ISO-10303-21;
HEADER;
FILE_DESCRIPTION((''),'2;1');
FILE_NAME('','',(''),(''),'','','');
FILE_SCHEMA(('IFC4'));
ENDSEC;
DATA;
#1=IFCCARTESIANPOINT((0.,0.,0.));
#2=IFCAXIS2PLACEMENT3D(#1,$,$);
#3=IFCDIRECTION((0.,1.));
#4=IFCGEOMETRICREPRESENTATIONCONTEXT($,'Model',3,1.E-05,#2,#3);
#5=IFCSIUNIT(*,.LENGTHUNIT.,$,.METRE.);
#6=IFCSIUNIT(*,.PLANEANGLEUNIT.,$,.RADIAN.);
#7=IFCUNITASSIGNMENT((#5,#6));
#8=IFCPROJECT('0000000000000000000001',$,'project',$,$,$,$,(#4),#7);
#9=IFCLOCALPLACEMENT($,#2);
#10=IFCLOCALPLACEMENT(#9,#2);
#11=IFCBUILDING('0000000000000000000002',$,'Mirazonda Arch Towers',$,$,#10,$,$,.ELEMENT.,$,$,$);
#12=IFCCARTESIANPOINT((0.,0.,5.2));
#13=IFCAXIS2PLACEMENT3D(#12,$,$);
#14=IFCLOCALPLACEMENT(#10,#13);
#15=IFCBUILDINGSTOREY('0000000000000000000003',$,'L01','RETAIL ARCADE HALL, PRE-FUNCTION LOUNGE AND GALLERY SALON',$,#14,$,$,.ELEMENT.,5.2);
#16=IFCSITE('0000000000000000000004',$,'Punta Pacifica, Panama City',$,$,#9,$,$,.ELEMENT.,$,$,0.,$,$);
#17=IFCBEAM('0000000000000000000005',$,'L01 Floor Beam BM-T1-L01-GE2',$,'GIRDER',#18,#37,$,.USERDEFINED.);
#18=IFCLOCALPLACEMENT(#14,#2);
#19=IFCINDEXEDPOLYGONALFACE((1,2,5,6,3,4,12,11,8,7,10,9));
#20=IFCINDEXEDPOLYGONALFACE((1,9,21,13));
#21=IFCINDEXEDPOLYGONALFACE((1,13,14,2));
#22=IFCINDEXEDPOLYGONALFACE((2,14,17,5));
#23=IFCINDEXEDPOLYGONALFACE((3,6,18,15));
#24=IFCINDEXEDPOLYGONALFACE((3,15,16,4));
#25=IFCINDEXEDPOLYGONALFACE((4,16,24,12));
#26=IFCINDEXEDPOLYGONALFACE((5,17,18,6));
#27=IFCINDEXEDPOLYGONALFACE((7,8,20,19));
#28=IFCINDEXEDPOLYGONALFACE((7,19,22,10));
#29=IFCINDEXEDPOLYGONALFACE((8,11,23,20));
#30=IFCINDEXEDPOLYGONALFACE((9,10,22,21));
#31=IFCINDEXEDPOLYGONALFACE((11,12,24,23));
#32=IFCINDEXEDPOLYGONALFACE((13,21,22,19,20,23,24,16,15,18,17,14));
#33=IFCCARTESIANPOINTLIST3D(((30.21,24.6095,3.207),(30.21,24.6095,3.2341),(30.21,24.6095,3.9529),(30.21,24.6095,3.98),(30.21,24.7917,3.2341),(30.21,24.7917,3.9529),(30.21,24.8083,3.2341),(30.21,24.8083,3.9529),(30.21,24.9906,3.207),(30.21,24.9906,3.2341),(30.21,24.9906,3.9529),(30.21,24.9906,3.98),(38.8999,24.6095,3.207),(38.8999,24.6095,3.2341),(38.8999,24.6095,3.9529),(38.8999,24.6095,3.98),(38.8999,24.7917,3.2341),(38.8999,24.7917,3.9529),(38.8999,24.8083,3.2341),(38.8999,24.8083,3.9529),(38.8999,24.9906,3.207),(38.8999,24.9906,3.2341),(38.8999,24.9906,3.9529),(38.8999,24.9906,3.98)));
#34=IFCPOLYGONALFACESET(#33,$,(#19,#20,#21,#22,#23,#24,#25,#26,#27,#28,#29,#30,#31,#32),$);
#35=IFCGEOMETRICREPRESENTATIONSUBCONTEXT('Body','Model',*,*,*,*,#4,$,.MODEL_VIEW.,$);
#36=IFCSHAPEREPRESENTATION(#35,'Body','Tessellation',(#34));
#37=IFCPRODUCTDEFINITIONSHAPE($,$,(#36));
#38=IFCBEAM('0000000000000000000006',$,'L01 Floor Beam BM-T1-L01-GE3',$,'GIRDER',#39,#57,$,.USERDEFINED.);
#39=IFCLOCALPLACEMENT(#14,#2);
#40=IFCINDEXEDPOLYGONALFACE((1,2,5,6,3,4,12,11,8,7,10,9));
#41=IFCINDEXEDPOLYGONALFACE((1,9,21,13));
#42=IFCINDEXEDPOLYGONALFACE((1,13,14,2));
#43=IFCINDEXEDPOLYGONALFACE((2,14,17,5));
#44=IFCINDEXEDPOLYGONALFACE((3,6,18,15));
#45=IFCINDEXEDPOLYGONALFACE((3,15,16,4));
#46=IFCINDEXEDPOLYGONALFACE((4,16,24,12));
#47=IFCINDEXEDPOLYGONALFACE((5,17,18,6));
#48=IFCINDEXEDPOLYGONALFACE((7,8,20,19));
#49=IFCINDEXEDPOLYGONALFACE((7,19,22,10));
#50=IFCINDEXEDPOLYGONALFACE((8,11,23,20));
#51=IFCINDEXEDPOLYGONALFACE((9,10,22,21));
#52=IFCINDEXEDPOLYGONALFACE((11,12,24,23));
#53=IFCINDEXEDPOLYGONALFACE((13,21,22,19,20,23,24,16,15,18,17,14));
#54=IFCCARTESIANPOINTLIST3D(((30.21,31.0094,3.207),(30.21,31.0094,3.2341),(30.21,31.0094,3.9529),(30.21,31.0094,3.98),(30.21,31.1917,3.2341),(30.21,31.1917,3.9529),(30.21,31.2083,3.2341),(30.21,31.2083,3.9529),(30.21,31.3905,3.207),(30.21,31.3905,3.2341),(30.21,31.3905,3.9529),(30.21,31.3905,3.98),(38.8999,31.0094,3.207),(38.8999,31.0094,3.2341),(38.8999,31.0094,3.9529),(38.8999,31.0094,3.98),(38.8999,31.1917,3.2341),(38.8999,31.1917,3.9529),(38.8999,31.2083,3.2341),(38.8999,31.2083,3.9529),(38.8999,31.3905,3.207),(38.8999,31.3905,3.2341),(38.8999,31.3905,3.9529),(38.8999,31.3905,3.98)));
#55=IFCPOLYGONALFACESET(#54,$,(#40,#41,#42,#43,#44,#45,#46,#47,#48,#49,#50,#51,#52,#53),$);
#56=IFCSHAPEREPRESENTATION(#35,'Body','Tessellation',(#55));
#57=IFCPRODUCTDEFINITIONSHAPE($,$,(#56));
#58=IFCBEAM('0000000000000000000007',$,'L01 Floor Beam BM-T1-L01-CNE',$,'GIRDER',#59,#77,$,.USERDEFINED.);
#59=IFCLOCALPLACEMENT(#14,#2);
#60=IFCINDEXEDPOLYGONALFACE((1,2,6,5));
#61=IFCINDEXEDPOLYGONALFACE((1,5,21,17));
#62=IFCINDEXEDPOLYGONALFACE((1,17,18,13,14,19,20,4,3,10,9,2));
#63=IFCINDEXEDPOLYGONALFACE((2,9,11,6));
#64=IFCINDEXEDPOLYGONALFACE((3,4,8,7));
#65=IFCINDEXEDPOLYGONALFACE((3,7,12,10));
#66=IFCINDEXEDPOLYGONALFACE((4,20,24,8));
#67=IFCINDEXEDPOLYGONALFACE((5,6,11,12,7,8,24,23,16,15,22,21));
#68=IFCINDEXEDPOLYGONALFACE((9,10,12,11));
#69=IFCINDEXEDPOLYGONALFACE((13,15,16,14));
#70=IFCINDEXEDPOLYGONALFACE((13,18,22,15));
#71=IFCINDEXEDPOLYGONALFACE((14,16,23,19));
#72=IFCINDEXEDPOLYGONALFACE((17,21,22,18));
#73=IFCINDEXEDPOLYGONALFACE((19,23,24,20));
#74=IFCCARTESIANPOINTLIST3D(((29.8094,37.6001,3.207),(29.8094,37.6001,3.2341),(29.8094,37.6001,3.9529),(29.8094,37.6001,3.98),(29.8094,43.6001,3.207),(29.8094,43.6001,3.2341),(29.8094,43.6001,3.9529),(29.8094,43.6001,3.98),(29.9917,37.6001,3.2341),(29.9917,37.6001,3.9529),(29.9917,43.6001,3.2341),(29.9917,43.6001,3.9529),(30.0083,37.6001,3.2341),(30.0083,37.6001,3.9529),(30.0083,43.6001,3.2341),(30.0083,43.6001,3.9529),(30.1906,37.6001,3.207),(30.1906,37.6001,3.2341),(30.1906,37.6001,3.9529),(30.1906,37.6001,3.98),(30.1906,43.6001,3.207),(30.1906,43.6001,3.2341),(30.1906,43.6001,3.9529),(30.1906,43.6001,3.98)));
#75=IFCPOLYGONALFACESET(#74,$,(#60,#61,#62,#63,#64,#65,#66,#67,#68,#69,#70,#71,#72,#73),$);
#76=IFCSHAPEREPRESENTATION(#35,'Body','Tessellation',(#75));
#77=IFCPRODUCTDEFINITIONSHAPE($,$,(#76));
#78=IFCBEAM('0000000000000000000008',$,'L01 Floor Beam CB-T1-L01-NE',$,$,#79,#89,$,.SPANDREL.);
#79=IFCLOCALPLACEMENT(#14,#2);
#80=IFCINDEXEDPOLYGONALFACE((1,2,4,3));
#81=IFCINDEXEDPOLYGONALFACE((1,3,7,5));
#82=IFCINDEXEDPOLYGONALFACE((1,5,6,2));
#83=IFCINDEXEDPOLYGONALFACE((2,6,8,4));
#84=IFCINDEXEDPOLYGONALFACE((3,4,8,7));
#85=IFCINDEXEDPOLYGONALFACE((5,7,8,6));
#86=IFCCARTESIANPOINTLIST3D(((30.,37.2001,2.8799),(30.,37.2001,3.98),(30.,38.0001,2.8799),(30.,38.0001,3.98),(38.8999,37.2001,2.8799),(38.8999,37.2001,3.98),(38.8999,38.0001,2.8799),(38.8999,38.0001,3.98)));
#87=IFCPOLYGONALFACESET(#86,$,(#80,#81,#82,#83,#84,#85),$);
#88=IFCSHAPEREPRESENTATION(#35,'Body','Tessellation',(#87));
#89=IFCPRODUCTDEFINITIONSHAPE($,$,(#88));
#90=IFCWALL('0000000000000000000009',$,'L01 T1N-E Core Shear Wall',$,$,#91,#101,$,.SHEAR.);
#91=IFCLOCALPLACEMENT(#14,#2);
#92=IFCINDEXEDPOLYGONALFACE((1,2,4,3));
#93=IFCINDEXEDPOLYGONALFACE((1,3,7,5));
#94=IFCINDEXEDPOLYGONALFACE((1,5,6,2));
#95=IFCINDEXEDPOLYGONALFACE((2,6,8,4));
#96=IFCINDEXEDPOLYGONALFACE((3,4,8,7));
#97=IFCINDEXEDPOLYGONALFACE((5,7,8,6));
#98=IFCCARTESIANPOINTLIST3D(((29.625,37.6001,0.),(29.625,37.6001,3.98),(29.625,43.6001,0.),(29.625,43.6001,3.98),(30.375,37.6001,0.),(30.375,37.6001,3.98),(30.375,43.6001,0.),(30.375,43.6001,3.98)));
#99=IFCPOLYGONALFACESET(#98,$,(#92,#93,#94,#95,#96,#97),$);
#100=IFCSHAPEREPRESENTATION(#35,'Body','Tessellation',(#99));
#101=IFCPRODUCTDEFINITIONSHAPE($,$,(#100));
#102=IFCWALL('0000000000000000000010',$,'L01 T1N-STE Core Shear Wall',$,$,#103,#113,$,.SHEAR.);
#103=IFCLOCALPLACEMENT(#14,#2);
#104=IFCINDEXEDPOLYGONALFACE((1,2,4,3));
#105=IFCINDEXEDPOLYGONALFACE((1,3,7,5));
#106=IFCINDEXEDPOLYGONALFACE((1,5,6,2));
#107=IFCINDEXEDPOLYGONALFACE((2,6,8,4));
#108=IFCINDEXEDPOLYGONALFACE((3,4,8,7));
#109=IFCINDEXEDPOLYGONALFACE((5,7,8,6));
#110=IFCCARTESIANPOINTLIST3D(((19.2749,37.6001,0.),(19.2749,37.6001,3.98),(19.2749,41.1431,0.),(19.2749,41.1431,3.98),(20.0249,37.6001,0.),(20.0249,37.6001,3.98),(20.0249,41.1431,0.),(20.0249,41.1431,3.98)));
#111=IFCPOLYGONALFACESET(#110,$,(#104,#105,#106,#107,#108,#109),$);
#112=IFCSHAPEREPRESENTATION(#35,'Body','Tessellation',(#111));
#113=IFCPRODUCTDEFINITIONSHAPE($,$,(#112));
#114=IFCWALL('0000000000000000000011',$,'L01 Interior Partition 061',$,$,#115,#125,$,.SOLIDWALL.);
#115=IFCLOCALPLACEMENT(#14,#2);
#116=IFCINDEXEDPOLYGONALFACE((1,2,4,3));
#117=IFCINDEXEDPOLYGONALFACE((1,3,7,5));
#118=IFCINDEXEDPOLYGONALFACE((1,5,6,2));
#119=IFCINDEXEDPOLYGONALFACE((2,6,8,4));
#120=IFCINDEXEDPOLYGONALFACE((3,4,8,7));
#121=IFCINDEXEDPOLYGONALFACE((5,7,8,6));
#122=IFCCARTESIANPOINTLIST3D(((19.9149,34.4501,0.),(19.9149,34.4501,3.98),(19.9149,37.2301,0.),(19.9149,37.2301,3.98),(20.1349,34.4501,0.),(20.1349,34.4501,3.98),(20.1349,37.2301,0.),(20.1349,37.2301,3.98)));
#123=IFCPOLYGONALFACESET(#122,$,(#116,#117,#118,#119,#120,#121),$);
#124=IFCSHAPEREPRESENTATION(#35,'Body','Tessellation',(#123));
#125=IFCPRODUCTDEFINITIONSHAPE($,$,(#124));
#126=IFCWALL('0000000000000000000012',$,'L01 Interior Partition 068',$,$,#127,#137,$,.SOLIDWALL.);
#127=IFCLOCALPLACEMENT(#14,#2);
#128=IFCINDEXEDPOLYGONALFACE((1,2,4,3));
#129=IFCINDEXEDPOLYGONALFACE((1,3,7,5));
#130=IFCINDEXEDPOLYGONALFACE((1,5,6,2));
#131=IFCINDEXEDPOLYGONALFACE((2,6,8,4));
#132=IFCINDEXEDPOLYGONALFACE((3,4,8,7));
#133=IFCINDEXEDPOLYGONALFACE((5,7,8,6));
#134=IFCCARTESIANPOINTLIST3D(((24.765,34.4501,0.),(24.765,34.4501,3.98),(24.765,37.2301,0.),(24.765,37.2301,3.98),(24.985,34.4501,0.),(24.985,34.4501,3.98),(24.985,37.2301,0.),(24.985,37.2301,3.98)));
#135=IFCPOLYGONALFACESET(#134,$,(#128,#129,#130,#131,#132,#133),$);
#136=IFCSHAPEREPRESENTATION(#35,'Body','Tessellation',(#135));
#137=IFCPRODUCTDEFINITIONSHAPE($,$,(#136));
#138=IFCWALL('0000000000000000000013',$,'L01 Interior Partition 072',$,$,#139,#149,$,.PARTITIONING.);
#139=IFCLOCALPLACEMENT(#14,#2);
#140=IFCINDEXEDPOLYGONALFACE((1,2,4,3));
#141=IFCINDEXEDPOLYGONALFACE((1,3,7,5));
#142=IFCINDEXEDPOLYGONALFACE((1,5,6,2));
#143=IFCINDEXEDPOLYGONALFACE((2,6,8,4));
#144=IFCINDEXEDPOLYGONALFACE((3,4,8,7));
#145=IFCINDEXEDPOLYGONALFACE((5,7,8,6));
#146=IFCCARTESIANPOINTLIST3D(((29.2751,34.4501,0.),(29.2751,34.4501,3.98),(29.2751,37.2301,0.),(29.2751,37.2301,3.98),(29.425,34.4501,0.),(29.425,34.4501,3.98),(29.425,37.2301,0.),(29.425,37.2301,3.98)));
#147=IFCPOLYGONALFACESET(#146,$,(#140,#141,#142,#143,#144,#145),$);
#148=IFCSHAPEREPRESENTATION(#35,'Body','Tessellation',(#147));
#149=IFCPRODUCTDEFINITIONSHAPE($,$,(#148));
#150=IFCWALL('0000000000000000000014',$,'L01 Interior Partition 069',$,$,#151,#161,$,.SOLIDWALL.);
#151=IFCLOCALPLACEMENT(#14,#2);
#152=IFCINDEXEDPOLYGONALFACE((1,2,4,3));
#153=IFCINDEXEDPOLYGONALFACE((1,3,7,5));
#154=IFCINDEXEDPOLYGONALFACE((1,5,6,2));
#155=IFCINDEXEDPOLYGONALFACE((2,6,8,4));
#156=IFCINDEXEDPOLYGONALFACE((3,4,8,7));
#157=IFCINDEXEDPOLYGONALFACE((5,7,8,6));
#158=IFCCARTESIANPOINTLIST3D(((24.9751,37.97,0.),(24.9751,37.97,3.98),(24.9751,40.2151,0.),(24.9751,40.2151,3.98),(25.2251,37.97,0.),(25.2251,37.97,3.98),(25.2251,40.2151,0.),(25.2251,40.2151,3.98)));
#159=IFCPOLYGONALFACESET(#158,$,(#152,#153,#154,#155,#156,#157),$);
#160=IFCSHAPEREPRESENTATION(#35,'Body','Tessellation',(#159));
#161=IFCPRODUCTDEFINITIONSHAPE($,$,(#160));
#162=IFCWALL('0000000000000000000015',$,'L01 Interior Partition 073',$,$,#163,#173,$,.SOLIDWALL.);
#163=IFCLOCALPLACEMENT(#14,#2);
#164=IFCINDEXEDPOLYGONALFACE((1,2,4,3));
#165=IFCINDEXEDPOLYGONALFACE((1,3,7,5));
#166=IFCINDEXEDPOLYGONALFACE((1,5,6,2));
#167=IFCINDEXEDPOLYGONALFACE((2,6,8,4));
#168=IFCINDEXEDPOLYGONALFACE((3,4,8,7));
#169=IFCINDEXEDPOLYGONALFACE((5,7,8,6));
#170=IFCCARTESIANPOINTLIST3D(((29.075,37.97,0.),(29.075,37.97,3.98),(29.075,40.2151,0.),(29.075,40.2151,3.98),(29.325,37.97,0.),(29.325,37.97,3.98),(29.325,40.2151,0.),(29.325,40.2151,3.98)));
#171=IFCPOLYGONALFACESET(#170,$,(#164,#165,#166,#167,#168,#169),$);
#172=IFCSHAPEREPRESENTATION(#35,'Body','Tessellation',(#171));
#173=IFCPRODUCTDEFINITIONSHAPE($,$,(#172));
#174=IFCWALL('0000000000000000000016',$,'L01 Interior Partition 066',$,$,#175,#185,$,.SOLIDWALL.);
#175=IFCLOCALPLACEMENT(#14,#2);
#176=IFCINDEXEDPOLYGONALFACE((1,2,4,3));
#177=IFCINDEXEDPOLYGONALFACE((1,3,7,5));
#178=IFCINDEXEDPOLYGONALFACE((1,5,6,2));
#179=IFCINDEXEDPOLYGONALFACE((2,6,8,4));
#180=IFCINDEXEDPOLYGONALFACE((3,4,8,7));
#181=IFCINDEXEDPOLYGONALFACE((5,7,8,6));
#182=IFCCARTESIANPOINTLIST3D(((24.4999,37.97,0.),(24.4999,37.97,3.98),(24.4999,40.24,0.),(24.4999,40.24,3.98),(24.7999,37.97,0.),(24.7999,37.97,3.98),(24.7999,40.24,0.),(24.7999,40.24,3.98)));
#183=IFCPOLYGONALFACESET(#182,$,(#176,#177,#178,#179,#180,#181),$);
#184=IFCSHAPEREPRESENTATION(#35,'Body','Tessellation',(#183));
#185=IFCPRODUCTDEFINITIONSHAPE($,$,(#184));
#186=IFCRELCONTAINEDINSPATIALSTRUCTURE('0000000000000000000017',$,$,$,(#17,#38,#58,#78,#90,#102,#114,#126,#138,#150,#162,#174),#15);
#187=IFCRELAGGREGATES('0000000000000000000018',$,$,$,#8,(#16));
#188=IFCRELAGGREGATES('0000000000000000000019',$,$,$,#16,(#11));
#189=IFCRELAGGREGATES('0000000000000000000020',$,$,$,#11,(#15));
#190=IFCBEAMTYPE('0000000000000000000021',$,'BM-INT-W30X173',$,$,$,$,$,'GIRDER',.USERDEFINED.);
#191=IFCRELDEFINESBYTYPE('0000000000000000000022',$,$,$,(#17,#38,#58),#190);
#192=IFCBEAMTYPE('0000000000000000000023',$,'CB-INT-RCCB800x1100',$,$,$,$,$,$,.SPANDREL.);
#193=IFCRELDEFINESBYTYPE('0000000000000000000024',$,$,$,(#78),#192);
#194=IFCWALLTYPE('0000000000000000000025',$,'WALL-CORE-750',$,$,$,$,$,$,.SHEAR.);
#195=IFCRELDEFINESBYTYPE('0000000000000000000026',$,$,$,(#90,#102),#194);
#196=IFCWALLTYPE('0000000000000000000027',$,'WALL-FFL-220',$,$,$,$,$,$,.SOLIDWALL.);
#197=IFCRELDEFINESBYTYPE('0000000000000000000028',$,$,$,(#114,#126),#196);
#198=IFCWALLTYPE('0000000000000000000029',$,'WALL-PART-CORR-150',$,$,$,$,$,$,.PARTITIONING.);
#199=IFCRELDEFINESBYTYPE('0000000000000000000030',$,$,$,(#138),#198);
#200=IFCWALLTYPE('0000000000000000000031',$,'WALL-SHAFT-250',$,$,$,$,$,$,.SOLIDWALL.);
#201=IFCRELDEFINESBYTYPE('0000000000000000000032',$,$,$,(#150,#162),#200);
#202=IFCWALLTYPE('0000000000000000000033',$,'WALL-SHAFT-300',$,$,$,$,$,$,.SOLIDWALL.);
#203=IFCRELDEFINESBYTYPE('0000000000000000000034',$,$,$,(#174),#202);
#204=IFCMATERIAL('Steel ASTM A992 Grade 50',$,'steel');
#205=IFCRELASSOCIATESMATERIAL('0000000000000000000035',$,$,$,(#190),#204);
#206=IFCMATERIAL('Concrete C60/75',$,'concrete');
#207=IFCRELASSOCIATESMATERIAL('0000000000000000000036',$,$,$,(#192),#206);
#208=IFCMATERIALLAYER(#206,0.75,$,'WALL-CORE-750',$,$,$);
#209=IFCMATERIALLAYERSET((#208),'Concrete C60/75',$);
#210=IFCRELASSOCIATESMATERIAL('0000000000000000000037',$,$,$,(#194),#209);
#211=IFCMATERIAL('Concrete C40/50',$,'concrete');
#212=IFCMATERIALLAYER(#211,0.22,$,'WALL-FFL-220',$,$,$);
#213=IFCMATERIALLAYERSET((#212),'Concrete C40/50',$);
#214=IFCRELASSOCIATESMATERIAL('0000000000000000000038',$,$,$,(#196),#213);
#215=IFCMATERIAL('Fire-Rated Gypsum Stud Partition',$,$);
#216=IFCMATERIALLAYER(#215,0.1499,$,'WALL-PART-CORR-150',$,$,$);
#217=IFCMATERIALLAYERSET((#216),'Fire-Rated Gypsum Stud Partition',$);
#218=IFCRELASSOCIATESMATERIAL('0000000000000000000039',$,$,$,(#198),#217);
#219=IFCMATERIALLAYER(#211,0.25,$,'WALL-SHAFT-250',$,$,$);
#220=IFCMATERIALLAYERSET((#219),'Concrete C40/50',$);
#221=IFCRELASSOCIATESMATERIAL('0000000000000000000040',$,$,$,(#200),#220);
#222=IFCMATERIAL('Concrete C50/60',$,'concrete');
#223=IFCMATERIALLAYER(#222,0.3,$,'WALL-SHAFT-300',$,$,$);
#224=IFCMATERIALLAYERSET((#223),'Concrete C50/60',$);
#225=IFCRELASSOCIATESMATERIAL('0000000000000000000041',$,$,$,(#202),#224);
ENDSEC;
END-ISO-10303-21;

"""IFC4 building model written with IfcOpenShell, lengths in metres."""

from ifc_helpers import new_model, si_unit, direction, frame, frame_2d, origin, origin_2d, place, context, subcontext, project, spatial, rectangle, i_section, extrude, material, layer, layer_set, material_profile, profile_set, type_object, element, save


model = new_model("IFC4")

# Units and contexts
model_context = context("Model", 3, precision=1e-05, world=origin(), true_north=direction((0.0, 1.0)))
body_context = subcontext(model_context, "Body", "Model", "MODEL_VIEW")
ifc_project = project(units=[si_unit("LENGTHUNIT", "METRE"), si_unit("PLANEANGLEUNIT", "RADIAN")], contexts=[model_context])

# Site, building, storey
site_placement = place(None, origin())
site = spatial("IfcSite", under=ifc_project, at=site_placement, Name="Punta Pacifica, Panama City", CompositionType="ELEMENT", RefElevation=0.0)
building_placement = place(site_placement, origin())
building = spatial("IfcBuilding", under=site, at=building_placement, Name="Mirazonda Arch Towers", CompositionType="ELEMENT")
storey_placement = place(building_placement, frame((0.0, 0.0, 5.2)))
storey = spatial("IfcBuildingStorey", under=building, at=storey_placement, Name="L01", Description="RETAIL ARCADE HALL, PRE-FUNCTION LOUNGE AND GALLERY SALON", CompositionType="ELEMENT", Elevation=5.2)

# Shared definitions
ifc_material_1 = material(Name="Concrete C60/75", Category="concrete")

# Beams
ifc_material_2 = material(Name="Steel ASTM A992 Grade 50", Category="steel")
ifc_material_profile_1 = material_profile(ifc_material_2, i_section(OverallWidth=0.3811, OverallDepth=0.7729, WebThickness=0.0166, FlangeThickness=0.0271, at=origin_2d()), Name="W30X173")
ifc_profile_set_1 = profile_set([ifc_material_profile_1], Name="Steel ASTM A992 Grade 50")
beam_type_1 = type_object("IfcBeamType", Name="BM-INT-W30X173", ElementType="GIRDER", PredefinedType="USERDEFINED", material=ifc_profile_set_1)
for number, where, z_axis, x_axis, name in (
    (1, (30.21, 24.8, 3.5935), (1.0, 0.0, 0.0), (0.0, 1.0, 0.0), "L01 Floor Beam BM-T1-L01-GE2"),
    (2, (30.21, 31.2, 3.5935), (1.0, 0.0, 0.0), (0.0, 1.0, 0.0), "L01 Floor Beam BM-T1-L01-GE3"),
):
    element("IfcBeam", number, at=place(storey_placement, frame(where, z_axis=z_axis, x_axis=x_axis)), inside=storey, type_object=beam_type_1, Name=name, ObjectType="GIRDER", PredefinedType="USERDEFINED", context=body_context, shape_type="SweptSolid", body=[
        extrude(i_section(OverallWidth=0.3811, OverallDepth=0.7729, WebThickness=0.0166, FlangeThickness=0.0271, at=origin_2d()), origin(), (0.0, 0.0, 1.0), 8.6899),
    ])
beam_1_placement = place(storey_placement, frame((30.0, 37.6001, 3.5935), z_axis=(0.0, 1.0, 0.0), x_axis=(-1.0, 0.0, 0.0)))
element("IfcBeam", 3, at=beam_1_placement, inside=storey, type_object=beam_type_1, Name="L01 Floor Beam BM-T1-L01-CNE", ObjectType="GIRDER", PredefinedType="USERDEFINED", context=body_context, shape_type="SweptSolid", body=[
    extrude(i_section(OverallWidth=0.3811, OverallDepth=0.7729, WebThickness=0.0166, FlangeThickness=0.0271, at=origin_2d()), origin(), (0.0, 0.0, 1.0), 6.0),
])
ifc_material_profile_2 = material_profile(ifc_material_1, rectangle(XDim=0.8, YDim=1.1001, at=origin_2d()), Name="RCCB800x1100")
ifc_profile_set_2 = profile_set([ifc_material_profile_2], Name="Concrete C60/75")
beam_type_2 = type_object("IfcBeamType", Name="CB-INT-RCCB800x1100", PredefinedType="SPANDREL", material=ifc_profile_set_2)
beam_2_placement = place(storey_placement, frame((30.0, 37.6001, 3.4299), z_axis=(1.0, 0.0, 0.0), x_axis=(0.0, 1.0, 0.0)))
element("IfcBeam", 4, at=beam_2_placement, inside=storey, type_object=beam_type_2, Name="L01 Floor Beam CB-T1-L01-NE", PredefinedType="SPANDREL", context=body_context, shape_type="SweptSolid", body=[
    extrude(rectangle(XDim=0.8, YDim=1.1001, at=origin_2d()), origin(), (0.0, 0.0, 1.0), 8.8999),
])

# Walls
ifc_layer_1 = layer(ifc_material_1, 0.75, Name="WALL-CORE-750")
ifc_layer_set_1 = layer_set([ifc_layer_1], Name="Concrete C60/75")
wall_type_1 = type_object("IfcWallType", Name="WALL-CORE-750", PredefinedType="SHEAR", material=ifc_layer_set_1)
wall_1_placement = place(storey_placement, frame((30.0, 37.6001, 0.0), z_axis=(0.0, 0.0, 1.0), x_axis=(0.0, 1.0, 0.0)))
element("IfcWall", 5, at=wall_1_placement, inside=storey, type_object=wall_type_1, Name="L01 T1N-E Core Shear Wall", PredefinedType="SHEAR", context=body_context, shape_type="SweptSolid", body=[
    extrude(rectangle(XDim=6.0, YDim=0.75, at=frame_2d((3.0, 0.0))), origin(), (0.0, 0.0, 1.0), 3.98),
])
wall_2_placement = place(storey_placement, frame((19.6499, 37.6001, 0.0), z_axis=(0.0, 0.0, 1.0), x_axis=(0.0, 1.0, 0.0)))
element("IfcWall", 6, at=wall_2_placement, inside=storey, type_object=wall_type_1, Name="L01 T1N-STE Core Shear Wall", PredefinedType="SHEAR", context=body_context, shape_type="SweptSolid", body=[
    extrude(rectangle(XDim=3.543, YDim=0.75, at=frame_2d((1.7715, 0.0))), origin(), (0.0, 0.0, 1.0), 3.98),
])
ifc_material_3 = material(Name="Concrete C40/50", Category="concrete")
ifc_layer_2 = layer(ifc_material_3, 0.22, Name="WALL-FFL-220")
ifc_layer_set_2 = layer_set([ifc_layer_2], Name="Concrete C40/50")
wall_type_2 = type_object("IfcWallType", Name="WALL-FFL-220", PredefinedType="SOLIDWALL", material=ifc_layer_set_2)
for number, where, z_axis, x_axis, name in (
    (7, (20.0249, 34.45, 0.0), (0.0, 0.0, 1.0), (0.0, 1.0, 0.0), "L01 Interior Partition 061"),
    (8, (24.875, 34.45, 0.0), (0.0, 0.0, 1.0), (0.0, 1.0, 0.0), "L01 Interior Partition 068"),
):
    element("IfcWall", number, at=place(storey_placement, frame(where, z_axis=z_axis, x_axis=x_axis)), inside=storey, type_object=wall_type_2, Name=name, PredefinedType="SOLIDWALL", context=body_context, shape_type="SweptSolid", body=[
        extrude(rectangle(XDim=2.78, YDim=0.22, at=frame_2d((1.3901, 0.0))), origin(), (0.0, 0.0, 1.0), 3.98),
    ])
ifc_material_4 = material(Name="Fire-Rated Gypsum Stud Partition")
ifc_layer_3 = layer(ifc_material_4, 0.1499, Name="WALL-PART-CORR-150")
ifc_layer_set_3 = layer_set([ifc_layer_3], Name="Fire-Rated Gypsum Stud Partition")
wall_type_3 = type_object("IfcWallType", Name="WALL-PART-CORR-150", PredefinedType="PARTITIONING", material=ifc_layer_set_3)
wall_3_placement = place(storey_placement, frame((29.3501, 34.45, 0.0), z_axis=(0.0, 0.0, 1.0), x_axis=(0.0, 1.0, 0.0)))
element("IfcWall", 9, at=wall_3_placement, inside=storey, type_object=wall_type_3, Name="L01 Interior Partition 072", PredefinedType="PARTITIONING", context=body_context, shape_type="SweptSolid", body=[
    extrude(rectangle(XDim=2.78, YDim=0.1499, at=frame_2d((1.3901, 0.0))), origin(), (0.0, 0.0, 1.0), 3.98),
])
ifc_layer_4 = layer(ifc_material_3, 0.25, Name="WALL-SHAFT-250")
ifc_layer_set_4 = layer_set([ifc_layer_4], Name="Concrete C40/50")
wall_type_4 = type_object("IfcWallType", Name="WALL-SHAFT-250", PredefinedType="SOLIDWALL", material=ifc_layer_set_4)
for number, where, z_axis, x_axis, name in (
    (10, (25.1001, 37.97, 0.0), (0.0, 0.0, 1.0), (0.0, 1.0, 0.0), "L01 Interior Partition 069"),
    (11, (29.2, 37.97, 0.0), (0.0, 0.0, 1.0), (0.0, 1.0, 0.0), "L01 Interior Partition 073"),
):
    element("IfcWall", number, at=place(storey_placement, frame(where, z_axis=z_axis, x_axis=x_axis)), inside=storey, type_object=wall_type_4, Name=name, PredefinedType="SOLIDWALL", context=body_context, shape_type="SweptSolid", body=[
        extrude(rectangle(XDim=2.2451, YDim=0.25, at=frame_2d((1.1226, 0.0))), origin(), (0.0, 0.0, 1.0), 3.98),
    ])
ifc_material_5 = material(Name="Concrete C50/60", Category="concrete")
ifc_layer_5 = layer(ifc_material_5, 0.3, Name="WALL-SHAFT-300")
ifc_layer_set_5 = layer_set([ifc_layer_5], Name="Concrete C50/60")
wall_type_5 = type_object("IfcWallType", Name="WALL-SHAFT-300", PredefinedType="SOLIDWALL", material=ifc_layer_set_5)
wall_4_placement = place(storey_placement, frame((24.6499, 37.97, 0.0), z_axis=(0.0, 0.0, 1.0), x_axis=(0.0, 1.0, 0.0)))
element("IfcWall", 12, at=wall_4_placement, inside=storey, type_object=wall_type_5, Name="L01 Interior Partition 066", PredefinedType="SOLIDWALL", context=body_context, shape_type="SweptSolid", body=[
    extrude(rectangle(XDim=2.27, YDim=0.3, at=frame_2d((1.135, 0.0))), origin(), (0.0, 0.0, 1.0), 3.98),
])

save(model, "model.ifc")
